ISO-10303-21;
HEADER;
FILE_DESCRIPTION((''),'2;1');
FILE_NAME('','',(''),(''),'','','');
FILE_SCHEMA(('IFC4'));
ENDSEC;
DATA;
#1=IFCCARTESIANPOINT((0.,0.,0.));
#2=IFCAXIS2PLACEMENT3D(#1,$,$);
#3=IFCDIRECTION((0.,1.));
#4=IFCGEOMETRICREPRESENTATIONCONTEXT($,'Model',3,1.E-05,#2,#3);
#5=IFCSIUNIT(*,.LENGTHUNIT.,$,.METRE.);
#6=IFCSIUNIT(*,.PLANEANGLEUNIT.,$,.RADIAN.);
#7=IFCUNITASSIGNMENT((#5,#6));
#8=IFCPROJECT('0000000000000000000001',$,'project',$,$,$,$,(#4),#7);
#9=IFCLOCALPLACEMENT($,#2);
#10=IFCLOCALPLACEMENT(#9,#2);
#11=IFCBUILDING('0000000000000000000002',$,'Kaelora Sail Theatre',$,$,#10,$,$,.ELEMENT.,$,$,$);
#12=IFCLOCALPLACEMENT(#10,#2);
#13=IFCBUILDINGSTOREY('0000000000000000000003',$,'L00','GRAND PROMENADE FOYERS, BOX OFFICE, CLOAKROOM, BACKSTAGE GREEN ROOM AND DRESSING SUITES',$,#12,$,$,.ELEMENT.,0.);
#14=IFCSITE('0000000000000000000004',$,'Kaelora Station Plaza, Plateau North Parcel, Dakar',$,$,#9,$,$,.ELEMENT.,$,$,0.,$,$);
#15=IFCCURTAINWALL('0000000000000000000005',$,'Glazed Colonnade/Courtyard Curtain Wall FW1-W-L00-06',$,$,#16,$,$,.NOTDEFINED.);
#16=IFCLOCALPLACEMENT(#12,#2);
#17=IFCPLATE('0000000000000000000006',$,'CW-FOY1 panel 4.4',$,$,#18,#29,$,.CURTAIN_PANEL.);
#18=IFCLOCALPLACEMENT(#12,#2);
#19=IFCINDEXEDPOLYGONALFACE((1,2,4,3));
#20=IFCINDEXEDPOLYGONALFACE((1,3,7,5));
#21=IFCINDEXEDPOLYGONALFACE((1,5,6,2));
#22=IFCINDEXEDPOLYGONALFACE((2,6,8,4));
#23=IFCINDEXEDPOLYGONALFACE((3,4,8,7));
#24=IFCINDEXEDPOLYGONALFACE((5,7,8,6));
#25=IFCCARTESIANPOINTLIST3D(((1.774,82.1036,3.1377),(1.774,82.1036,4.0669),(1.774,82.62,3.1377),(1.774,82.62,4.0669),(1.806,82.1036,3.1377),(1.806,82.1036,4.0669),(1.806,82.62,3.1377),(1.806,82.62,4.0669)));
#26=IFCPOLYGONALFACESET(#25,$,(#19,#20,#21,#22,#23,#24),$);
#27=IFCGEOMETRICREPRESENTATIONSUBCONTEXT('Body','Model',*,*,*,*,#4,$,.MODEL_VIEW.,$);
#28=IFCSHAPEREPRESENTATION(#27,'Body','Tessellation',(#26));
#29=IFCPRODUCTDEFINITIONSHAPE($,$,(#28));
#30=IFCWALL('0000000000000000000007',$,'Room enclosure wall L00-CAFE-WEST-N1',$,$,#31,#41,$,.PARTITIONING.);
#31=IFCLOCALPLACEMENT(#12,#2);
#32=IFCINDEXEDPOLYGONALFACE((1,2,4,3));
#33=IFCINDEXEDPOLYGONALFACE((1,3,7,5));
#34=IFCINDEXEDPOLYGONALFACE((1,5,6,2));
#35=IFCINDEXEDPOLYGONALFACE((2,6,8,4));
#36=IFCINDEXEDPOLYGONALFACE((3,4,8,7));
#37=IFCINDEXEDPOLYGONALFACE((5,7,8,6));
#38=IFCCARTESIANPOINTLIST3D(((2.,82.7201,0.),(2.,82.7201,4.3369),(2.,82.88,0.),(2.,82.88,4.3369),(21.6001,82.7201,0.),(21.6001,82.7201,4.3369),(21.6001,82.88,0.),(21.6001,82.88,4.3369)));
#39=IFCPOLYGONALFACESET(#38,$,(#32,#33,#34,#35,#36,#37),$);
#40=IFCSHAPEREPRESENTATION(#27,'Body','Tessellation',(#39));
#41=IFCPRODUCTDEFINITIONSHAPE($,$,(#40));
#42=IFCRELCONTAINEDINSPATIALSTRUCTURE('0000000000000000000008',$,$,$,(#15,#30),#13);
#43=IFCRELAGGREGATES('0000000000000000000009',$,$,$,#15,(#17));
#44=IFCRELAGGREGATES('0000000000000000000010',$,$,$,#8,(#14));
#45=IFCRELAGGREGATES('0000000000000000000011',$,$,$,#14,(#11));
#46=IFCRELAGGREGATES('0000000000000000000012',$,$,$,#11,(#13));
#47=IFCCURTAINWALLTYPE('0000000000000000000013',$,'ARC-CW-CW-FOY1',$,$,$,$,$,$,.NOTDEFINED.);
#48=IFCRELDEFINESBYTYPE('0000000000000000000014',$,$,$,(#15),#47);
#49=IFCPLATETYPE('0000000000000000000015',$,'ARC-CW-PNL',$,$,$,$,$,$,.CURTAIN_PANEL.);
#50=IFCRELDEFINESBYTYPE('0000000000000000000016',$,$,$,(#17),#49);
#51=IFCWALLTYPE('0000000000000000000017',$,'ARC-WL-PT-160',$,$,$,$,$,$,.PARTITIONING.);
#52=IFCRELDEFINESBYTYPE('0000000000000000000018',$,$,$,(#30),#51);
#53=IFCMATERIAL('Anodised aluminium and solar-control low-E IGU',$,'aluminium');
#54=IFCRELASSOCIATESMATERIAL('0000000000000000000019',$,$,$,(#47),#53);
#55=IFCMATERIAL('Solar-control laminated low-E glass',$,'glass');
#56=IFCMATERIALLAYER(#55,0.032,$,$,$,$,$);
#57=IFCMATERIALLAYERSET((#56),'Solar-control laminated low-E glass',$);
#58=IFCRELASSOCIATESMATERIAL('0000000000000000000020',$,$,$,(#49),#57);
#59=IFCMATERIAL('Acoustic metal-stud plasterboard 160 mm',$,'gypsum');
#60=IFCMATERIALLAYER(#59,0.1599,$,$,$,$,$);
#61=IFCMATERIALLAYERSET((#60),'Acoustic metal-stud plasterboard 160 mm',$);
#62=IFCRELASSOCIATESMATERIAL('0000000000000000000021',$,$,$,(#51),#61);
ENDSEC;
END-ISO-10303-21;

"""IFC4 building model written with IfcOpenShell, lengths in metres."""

from ifc_helpers import new_model, si_unit, direction, frame, frame_2d, origin, origin_2d, place, context, subcontext, project, spatial, rectangle, extrude, material, layer, layer_set, type_object, element, aggregate, save


model = new_model("IFC4")

# Units and contexts
model_context = context("Model", 3, precision=1e-05, world=origin(), true_north=direction((0.0, 1.0)))
body_context = subcontext(model_context, "Body", "Model", "MODEL_VIEW")
ifc_project = project(units=[si_unit("LENGTHUNIT", "METRE"), si_unit("PLANEANGLEUNIT", "RADIAN")], contexts=[model_context])

# Site, building, storey
site_placement = place(None, origin())
site = spatial("IfcSite", under=ifc_project, at=site_placement, Name="Kaelora Station Plaza, Plateau North Parcel, Dakar", CompositionType="ELEMENT", RefElevation=0.0)
building_placement = place(site_placement, origin())
building = spatial("IfcBuilding", under=site, at=building_placement, Name="Kaelora Sail Theatre", CompositionType="ELEMENT")
storey_placement = place(building_placement, origin())
storey = spatial("IfcBuildingStorey", under=building, at=storey_placement, Name="L00", Description="GRAND PROMENADE FOYERS, BOX OFFICE, CLOAKROOM, BACKSTAGE GREEN ROOM AND DRESSING SUITES", CompositionType="ELEMENT", Elevation=0.0)

# Curtain wall
ifc_material_1 = material(Name="Anodised aluminium and solar-control low-E IGU", Category="aluminium")
curtain_wall_type = type_object("IfcCurtainWallType", Name="ARC-CW-CW-FOY1", PredefinedType="NOTDEFINED", material=ifc_material_1)
curtain_wall_placement = place(storey_placement, origin())
curtain_wall = element("IfcCurtainWall", 1, at=curtain_wall_placement, inside=storey, type_object=curtain_wall_type, Name="Glazed Colonnade/Courtyard Curtain Wall FW1-W-L00-06", PredefinedType="NOTDEFINED")

# Plate
ifc_material_2 = material(Name="Solar-control laminated low-E glass", Category="glass")
ifc_layer_1 = layer(ifc_material_2, 0.032)
ifc_layer_set_1 = layer_set([ifc_layer_1], Name="Solar-control laminated low-E glass")
plate_type = type_object("IfcPlateType", Name="ARC-CW-PNL", PredefinedType="CURTAIN_PANEL", material=ifc_layer_set_1)
plate_1_placement = place(storey_placement, frame((1.79, 82.3618, 3.1377), z_axis=(0.0, 0.0, 1.0), x_axis=(0.0, 1.0, 0.0)))
plate_1 = element("IfcPlate", 2, at=plate_1_placement, type_object=plate_type, Name="CW-FOY1 panel 4.4", PredefinedType="CURTAIN_PANEL", context=body_context, shape_type="SweptSolid", body=[
    extrude(rectangle(XDim=0.5164, YDim=0.032, at=origin_2d()), origin(), (0.0, 0.0, 1.0), 0.9292),
])
aggregate(curtain_wall, [plate_1])

# Wall
ifc_material_3 = material(Name="Acoustic metal-stud plasterboard 160 mm", Category="gypsum")
ifc_layer_2 = layer(ifc_material_3, 0.1599)
ifc_layer_set_2 = layer_set([ifc_layer_2], Name="Acoustic metal-stud plasterboard 160 mm")
wall_type = type_object("IfcWallType", Name="ARC-WL-PT-160", PredefinedType="PARTITIONING", material=ifc_layer_set_2)
wall_placement = place(storey_placement, frame((2.0, 82.8, 0.0), z_axis=(0.0, 0.0, 1.0), x_axis=(1.0, 0.0, 0.0)))
element("IfcWall", 3, at=wall_placement, inside=storey, type_object=wall_type, Name="Room enclosure wall L00-CAFE-WEST-N1", PredefinedType="PARTITIONING", context=body_context, shape_type="SweptSolid", body=[
    extrude(rectangle(XDim=19.6001, YDim=0.1599, at=frame_2d((9.8, 0.0))), origin(), (0.0, 0.0, 1.0), 4.3369),
])

save(model, "model.ifc")
